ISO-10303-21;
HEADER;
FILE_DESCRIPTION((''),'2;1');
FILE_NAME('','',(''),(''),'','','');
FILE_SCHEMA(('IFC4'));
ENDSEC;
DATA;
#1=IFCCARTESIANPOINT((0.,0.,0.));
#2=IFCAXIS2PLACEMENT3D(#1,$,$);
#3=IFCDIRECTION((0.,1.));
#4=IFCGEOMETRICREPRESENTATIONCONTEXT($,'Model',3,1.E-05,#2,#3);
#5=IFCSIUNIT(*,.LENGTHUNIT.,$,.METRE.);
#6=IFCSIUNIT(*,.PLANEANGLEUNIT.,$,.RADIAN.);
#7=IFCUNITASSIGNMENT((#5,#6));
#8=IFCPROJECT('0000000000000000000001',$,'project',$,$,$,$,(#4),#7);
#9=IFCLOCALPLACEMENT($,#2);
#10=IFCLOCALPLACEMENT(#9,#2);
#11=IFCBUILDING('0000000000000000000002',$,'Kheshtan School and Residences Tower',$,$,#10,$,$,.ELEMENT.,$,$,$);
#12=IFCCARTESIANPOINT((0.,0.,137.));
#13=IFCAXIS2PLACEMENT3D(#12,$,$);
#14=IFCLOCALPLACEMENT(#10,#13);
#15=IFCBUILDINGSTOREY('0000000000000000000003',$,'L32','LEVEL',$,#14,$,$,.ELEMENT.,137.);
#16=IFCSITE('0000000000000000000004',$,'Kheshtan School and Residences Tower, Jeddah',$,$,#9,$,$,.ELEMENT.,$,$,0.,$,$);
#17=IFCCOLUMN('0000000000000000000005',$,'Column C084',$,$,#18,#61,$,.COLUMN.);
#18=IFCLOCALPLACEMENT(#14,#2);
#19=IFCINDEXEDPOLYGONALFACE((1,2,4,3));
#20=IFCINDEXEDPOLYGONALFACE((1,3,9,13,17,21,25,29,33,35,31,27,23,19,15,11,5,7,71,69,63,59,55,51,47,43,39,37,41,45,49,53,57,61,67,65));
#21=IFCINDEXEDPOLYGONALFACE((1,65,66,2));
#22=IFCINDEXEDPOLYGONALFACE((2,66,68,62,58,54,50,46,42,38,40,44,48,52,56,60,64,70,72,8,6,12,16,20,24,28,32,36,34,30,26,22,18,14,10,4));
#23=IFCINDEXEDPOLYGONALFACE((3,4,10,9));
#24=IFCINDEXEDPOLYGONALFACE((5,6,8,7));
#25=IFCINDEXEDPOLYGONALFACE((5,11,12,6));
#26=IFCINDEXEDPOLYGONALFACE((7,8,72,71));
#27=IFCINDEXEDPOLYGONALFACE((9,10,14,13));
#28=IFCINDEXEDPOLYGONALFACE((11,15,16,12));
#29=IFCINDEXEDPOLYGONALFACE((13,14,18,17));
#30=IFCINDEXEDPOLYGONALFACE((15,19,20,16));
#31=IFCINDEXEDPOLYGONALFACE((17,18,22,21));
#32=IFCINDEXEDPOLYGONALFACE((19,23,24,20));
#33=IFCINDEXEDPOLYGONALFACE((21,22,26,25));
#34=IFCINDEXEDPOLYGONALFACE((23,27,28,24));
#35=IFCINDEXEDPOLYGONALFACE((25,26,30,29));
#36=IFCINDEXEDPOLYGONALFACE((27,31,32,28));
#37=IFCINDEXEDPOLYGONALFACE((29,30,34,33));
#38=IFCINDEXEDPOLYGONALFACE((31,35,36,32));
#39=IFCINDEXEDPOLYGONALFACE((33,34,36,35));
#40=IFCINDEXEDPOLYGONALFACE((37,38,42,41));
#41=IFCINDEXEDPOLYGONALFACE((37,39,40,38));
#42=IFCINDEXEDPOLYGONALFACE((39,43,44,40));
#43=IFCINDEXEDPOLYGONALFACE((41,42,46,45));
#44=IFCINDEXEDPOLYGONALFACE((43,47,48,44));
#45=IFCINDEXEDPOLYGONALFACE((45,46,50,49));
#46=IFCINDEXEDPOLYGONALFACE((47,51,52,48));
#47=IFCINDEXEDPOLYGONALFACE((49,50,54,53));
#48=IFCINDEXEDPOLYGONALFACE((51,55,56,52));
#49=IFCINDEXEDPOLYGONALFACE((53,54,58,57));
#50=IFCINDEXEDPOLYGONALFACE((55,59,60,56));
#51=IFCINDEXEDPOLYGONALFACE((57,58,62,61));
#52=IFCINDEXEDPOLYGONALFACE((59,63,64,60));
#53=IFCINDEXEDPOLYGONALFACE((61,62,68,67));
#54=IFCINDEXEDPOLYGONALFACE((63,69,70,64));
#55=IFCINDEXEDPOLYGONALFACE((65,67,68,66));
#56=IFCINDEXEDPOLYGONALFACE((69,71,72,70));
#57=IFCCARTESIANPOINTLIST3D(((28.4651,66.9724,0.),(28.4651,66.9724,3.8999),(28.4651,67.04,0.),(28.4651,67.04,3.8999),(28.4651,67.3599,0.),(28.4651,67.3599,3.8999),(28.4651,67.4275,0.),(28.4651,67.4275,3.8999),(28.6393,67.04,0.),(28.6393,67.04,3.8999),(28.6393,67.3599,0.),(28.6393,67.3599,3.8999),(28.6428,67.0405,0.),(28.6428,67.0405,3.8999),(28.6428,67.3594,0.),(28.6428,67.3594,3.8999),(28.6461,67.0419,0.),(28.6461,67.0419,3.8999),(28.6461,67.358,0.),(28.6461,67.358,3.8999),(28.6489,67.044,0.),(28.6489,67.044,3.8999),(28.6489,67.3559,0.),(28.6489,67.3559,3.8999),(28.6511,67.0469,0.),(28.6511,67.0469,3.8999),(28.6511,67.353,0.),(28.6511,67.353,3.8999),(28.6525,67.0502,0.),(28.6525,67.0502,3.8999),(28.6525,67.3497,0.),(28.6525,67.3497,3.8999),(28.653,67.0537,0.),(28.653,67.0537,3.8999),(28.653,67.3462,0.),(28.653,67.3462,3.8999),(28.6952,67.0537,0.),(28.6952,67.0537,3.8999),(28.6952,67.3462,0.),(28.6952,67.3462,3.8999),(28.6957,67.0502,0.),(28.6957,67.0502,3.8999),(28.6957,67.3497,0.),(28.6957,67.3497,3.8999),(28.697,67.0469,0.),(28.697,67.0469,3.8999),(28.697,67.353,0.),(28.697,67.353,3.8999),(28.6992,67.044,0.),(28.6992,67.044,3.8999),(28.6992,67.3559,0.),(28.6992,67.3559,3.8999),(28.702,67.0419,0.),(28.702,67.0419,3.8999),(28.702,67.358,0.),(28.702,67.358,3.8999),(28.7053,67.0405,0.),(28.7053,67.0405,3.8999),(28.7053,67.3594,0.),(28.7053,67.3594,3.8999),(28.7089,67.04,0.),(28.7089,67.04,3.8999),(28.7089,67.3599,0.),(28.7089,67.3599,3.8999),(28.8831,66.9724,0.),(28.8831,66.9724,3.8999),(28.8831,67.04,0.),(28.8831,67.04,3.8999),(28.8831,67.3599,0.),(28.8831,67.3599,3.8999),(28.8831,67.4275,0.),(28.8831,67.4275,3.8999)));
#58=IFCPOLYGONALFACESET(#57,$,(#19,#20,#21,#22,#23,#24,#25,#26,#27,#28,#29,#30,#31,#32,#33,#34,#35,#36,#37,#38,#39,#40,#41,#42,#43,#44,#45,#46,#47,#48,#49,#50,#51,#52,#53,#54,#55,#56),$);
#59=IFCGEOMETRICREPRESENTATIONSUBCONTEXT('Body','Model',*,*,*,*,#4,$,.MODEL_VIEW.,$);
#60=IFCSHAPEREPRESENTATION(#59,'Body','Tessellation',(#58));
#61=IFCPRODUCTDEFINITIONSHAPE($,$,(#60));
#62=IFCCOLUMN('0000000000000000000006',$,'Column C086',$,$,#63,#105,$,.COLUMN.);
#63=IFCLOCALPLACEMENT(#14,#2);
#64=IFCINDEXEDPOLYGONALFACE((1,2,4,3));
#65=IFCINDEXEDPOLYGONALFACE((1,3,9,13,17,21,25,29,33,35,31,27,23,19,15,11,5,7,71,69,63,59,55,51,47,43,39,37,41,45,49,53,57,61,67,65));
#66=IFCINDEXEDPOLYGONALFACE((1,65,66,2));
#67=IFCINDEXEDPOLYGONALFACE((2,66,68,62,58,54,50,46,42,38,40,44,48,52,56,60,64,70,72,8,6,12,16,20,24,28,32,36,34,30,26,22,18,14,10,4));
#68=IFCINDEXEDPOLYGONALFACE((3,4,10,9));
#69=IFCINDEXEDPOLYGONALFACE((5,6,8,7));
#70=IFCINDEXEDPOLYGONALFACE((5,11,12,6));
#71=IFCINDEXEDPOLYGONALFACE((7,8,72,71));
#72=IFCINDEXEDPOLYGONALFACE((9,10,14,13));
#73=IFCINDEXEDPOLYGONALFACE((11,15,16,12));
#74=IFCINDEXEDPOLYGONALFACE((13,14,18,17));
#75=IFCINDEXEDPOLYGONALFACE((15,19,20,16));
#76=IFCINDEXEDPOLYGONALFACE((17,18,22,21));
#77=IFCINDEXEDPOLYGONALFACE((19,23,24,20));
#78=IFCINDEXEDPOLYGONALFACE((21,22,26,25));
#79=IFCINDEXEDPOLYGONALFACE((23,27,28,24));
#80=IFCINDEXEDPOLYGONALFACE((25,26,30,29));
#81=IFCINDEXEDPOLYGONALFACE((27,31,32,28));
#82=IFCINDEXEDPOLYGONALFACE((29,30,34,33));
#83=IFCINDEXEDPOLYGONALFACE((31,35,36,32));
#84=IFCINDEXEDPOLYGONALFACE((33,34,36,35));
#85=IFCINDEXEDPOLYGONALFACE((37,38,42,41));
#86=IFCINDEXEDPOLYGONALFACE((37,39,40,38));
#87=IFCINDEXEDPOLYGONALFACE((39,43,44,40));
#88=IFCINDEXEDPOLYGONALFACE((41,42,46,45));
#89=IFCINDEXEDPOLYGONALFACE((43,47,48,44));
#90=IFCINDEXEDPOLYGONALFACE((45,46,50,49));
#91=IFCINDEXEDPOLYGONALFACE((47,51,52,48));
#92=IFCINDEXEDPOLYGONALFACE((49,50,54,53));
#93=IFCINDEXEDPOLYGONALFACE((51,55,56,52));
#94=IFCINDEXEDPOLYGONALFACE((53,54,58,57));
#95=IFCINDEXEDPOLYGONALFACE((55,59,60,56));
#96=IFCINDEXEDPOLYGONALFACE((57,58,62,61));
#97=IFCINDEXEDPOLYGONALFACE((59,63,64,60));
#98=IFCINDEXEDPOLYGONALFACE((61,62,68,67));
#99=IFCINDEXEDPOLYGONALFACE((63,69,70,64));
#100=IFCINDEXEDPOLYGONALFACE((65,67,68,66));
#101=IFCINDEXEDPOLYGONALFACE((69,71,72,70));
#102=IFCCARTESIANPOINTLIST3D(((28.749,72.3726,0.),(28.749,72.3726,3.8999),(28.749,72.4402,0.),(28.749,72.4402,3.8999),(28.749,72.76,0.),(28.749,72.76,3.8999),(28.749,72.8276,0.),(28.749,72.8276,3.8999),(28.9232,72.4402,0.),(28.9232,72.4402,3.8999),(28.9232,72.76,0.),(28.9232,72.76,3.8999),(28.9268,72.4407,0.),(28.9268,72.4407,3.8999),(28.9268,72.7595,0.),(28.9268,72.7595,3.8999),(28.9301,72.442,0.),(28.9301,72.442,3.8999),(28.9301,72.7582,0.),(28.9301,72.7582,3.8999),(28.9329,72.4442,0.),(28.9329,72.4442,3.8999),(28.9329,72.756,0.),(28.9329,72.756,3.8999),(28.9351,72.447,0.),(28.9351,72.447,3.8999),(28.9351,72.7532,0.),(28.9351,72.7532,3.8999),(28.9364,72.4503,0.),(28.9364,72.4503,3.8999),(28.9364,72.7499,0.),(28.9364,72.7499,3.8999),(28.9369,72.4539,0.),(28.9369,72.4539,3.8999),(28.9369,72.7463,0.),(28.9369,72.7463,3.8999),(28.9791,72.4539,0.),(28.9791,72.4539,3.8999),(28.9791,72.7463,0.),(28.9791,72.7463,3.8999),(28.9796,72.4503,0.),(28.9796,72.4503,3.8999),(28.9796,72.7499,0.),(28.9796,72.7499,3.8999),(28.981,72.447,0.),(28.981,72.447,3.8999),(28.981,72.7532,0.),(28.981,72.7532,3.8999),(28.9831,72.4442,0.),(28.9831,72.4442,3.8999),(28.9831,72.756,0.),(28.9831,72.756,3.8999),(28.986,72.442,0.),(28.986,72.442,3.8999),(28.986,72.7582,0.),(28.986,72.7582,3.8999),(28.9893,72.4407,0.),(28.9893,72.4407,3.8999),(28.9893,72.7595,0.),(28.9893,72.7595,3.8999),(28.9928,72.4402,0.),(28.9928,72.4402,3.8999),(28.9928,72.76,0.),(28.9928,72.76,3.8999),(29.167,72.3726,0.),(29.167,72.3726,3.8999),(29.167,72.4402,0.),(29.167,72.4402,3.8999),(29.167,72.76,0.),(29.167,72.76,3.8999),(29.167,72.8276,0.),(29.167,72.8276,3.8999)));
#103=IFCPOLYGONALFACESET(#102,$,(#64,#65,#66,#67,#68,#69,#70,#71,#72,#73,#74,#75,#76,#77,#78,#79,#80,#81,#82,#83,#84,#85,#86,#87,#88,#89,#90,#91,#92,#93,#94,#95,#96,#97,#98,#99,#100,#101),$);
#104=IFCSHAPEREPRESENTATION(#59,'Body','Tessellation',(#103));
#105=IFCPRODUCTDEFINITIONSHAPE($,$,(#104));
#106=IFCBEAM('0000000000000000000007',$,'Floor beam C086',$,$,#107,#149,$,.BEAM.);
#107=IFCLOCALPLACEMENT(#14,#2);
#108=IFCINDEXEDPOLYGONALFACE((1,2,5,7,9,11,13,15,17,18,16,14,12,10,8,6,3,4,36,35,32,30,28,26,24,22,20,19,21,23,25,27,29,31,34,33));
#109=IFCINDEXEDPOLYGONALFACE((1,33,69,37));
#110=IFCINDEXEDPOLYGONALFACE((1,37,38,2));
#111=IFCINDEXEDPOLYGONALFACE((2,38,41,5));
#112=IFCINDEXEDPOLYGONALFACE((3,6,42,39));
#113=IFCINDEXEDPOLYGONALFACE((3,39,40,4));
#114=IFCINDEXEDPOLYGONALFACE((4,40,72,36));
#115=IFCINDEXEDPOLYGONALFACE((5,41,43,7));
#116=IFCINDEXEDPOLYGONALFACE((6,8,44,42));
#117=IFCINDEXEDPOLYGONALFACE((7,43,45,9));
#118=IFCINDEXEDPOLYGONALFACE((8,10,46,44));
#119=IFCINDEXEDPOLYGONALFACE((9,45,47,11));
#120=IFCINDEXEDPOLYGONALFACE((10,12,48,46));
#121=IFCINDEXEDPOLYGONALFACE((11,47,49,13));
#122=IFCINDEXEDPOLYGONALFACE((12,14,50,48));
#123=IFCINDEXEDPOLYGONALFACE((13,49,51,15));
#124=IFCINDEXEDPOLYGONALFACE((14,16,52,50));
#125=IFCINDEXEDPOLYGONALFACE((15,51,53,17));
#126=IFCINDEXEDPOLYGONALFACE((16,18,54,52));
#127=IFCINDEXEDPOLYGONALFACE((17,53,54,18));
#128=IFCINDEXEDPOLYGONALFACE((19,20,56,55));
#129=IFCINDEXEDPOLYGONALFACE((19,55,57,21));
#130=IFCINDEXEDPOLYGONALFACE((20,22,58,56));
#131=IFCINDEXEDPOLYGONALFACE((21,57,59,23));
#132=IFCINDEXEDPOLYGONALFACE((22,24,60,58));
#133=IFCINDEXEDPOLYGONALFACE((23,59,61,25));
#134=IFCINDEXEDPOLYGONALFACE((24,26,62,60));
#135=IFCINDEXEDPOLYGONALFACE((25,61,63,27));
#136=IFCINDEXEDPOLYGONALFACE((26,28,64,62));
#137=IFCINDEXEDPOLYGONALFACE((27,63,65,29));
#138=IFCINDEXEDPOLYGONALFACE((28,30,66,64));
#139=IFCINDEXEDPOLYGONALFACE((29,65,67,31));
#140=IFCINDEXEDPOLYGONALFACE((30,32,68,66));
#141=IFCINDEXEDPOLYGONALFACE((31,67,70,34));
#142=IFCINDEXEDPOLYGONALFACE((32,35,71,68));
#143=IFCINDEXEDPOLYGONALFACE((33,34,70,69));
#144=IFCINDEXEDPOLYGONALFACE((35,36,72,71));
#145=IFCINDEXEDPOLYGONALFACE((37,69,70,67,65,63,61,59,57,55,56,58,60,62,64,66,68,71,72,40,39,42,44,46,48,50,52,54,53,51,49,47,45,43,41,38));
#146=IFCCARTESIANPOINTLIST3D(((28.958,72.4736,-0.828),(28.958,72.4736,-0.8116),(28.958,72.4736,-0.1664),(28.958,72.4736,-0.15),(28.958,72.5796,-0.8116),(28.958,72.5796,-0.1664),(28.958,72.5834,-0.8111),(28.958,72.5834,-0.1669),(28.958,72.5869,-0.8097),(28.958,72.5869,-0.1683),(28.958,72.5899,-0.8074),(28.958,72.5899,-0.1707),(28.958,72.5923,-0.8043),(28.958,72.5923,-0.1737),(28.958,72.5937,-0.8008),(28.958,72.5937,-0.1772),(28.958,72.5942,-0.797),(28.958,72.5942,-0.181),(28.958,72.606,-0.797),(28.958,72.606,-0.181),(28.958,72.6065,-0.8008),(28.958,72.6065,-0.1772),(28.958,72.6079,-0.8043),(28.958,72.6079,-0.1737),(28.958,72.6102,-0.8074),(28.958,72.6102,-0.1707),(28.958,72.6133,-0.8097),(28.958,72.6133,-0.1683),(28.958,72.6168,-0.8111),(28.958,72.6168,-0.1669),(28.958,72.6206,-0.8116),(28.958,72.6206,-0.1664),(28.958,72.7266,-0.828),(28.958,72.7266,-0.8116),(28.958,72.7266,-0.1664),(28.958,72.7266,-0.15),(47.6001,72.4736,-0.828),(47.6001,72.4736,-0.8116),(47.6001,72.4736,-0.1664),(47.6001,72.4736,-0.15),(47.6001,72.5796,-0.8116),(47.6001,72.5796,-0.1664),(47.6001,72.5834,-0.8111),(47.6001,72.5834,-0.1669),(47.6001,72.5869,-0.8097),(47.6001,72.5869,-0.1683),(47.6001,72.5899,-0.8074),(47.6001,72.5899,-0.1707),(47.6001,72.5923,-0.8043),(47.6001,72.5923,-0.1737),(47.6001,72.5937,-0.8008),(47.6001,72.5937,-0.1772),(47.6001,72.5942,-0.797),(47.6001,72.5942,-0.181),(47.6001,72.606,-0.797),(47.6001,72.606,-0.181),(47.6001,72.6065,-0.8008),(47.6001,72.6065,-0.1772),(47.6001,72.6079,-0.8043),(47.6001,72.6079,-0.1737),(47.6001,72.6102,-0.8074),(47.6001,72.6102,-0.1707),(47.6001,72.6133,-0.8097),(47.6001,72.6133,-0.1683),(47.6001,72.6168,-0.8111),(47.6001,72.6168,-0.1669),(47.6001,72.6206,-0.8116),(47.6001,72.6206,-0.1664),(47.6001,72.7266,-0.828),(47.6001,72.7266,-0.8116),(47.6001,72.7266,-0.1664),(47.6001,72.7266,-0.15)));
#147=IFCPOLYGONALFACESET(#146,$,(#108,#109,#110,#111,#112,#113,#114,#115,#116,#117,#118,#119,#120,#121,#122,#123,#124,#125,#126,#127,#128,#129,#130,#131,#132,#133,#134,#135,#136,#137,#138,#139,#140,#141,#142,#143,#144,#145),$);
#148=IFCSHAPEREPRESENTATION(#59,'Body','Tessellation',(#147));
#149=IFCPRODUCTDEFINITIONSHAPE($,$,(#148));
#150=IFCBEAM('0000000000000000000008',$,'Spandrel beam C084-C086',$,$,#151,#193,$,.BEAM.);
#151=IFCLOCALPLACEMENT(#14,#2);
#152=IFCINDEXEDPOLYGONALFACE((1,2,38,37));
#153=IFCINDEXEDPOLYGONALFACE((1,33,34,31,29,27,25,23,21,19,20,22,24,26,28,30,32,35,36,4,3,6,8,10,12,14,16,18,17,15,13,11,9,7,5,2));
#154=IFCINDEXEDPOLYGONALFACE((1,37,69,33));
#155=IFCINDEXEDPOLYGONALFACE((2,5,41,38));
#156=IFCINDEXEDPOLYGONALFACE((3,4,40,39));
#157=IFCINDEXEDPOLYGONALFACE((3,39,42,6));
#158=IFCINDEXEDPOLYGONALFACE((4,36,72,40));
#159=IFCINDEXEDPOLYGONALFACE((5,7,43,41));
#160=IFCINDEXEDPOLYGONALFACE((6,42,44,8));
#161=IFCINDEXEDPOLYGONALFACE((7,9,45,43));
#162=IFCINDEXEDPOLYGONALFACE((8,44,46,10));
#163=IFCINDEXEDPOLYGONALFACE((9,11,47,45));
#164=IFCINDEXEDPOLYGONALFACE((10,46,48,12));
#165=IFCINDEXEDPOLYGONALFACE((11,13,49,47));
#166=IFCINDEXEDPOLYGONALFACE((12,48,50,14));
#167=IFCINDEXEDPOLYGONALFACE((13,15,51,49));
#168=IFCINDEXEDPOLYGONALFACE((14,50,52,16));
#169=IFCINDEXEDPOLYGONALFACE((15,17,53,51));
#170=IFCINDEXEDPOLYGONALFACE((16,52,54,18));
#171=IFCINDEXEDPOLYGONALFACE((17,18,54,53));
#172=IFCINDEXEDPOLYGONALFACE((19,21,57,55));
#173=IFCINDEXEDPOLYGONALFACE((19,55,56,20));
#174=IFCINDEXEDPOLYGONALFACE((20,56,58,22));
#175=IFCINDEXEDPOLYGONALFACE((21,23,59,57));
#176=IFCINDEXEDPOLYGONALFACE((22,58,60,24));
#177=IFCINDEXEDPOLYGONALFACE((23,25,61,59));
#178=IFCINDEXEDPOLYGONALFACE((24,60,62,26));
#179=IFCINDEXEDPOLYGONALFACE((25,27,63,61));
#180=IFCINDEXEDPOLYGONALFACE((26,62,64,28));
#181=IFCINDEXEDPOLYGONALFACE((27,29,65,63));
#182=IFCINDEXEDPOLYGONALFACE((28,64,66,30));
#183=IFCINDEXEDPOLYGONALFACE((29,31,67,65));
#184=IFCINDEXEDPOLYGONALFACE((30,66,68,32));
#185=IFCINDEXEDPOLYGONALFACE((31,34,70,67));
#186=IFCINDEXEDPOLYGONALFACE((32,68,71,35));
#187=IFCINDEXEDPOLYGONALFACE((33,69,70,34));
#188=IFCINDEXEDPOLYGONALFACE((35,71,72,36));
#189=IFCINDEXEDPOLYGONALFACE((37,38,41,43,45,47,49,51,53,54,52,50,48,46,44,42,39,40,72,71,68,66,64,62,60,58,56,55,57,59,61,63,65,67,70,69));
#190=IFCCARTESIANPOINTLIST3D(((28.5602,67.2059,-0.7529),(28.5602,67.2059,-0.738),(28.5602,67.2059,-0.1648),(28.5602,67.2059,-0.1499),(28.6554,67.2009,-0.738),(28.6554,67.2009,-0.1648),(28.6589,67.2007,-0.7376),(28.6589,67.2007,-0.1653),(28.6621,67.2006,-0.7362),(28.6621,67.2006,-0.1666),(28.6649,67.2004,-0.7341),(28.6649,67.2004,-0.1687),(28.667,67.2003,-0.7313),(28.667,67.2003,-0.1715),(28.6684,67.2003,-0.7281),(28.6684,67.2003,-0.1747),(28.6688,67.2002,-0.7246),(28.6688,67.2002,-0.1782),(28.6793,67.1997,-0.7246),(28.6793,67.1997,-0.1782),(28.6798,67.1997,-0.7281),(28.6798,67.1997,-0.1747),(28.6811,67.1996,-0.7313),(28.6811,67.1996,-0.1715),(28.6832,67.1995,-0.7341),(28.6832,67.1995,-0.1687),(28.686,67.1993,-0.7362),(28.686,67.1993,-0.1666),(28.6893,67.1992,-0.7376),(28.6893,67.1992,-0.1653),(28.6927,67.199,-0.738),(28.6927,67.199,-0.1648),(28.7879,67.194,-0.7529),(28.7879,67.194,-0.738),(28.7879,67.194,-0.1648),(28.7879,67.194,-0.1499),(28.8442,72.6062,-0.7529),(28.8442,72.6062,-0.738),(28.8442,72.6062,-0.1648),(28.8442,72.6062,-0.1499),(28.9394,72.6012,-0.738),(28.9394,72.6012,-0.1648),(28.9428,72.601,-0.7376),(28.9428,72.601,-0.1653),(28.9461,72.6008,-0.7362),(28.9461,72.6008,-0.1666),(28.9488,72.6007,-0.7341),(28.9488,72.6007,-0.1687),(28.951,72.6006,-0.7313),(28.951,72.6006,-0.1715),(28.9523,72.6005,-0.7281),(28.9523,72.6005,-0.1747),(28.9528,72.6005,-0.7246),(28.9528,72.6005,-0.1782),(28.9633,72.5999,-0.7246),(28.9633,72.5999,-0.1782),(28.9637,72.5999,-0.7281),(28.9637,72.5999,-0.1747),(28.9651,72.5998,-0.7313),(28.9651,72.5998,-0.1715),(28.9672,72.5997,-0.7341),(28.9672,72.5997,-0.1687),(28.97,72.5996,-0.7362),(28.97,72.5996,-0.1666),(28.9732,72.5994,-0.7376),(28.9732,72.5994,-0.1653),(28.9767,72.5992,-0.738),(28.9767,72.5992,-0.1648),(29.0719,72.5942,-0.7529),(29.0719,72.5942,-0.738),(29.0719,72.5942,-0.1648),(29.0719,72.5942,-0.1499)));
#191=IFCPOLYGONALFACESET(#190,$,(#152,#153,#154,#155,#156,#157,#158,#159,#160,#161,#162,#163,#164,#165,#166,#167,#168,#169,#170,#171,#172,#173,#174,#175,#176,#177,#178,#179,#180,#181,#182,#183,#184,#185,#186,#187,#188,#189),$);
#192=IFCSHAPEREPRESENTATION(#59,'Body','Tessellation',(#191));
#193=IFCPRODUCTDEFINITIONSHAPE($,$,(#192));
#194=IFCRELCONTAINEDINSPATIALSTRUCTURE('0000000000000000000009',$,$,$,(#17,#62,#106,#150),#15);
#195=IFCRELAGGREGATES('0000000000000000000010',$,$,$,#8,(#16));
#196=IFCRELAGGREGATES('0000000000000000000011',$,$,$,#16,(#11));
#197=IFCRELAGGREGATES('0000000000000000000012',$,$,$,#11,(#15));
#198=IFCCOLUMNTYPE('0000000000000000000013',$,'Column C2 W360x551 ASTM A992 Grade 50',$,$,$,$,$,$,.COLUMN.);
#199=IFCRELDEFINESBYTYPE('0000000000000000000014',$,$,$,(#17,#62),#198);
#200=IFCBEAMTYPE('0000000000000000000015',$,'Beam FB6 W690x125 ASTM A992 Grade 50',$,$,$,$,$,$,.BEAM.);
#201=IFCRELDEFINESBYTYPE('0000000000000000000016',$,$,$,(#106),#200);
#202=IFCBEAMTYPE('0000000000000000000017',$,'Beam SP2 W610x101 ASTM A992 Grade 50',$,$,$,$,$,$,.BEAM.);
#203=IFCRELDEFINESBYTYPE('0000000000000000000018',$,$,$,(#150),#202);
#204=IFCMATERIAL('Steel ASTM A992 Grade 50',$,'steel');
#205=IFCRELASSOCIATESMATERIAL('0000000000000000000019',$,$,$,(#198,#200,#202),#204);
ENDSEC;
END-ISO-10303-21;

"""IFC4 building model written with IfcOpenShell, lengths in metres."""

from ifc_helpers import new_model, si_unit, direction, frame, origin, origin_2d, place, context, subcontext, project, spatial, i_section, extrude, material, material_profile, profile_set, type_object, element, save


model = new_model("IFC4")

# Units and contexts
model_context = context("Model", 3, precision=1e-05, world=origin(), true_north=direction((0.0, 1.0)))
body_context = subcontext(model_context, "Body", "Model", "MODEL_VIEW")
ifc_project = project(units=[si_unit("LENGTHUNIT", "METRE"), si_unit("PLANEANGLEUNIT", "RADIAN")], contexts=[model_context])

# Site, building, storey
site_placement = place(None, origin())
site = spatial("IfcSite", under=ifc_project, at=site_placement, Name="Kheshtan School and Residences Tower, Jeddah", CompositionType="ELEMENT", RefElevation=0.0)
building_placement = place(site_placement, origin())
building = spatial("IfcBuilding", under=site, at=building_placement, Name="Kheshtan School and Residences Tower", CompositionType="ELEMENT")
storey_placement = place(building_placement, frame((0.0, 0.0, 137.0)))
storey = spatial("IfcBuildingStorey", under=building, at=storey_placement, Name="L32", Description="LEVEL", CompositionType="ELEMENT", Elevation=137.0)

# Columns
ifc_material_1 = material(Name="Steel ASTM A992 Grade 50", Category="steel")
ifc_material_profile_1 = material_profile(ifc_material_1, i_section(OverallWidth=0.418, OverallDepth=0.4551, WebThickness=0.0422, FlangeThickness=0.0676, FilletRadius=0.0137, at=origin_2d()), Name="W360x551")
ifc_profile_set_1 = profile_set([ifc_material_profile_1], Name="Steel ASTM A992 Grade 50")
column_type = type_object("IfcColumnType", Name="Column C2 W360x551 ASTM A992 Grade 50", PredefinedType="COLUMN", material=ifc_profile_set_1)
for number, where, z_axis, x_axis, name in (
    (1, (28.6741, 67.2, 0.0), (0.0, 0.0, 1.0), (1.0, 0.0, 0.0), "Column C084"),
    (2, (28.958, 72.6001, 0.0), (0.0, 0.0, 1.0), (1.0, 0.0, 0.0), "Column C086"),
):
    element("IfcColumn", number, at=place(storey_placement, frame(where, z_axis=z_axis, x_axis=x_axis)), inside=storey, type_object=column_type, Name=name, PredefinedType="COLUMN", context=body_context, shape_type="SweptSolid", body=[
        extrude(i_section(OverallWidth=0.418, OverallDepth=0.4551, WebThickness=0.0422, FlangeThickness=0.0676, FilletRadius=0.0137, at=origin_2d()), origin(), (0.0, 0.0, 1.0), 3.8999),
    ])

# Beams
ifc_material_profile_2 = material_profile(ifc_material_1, i_section(OverallWidth=0.2529, OverallDepth=0.678, WebThickness=0.0117, FlangeThickness=0.0164, FilletRadius=0.0146, at=origin_2d()), Name="W690x125")
ifc_profile_set_2 = profile_set([ifc_material_profile_2], Name="Steel ASTM A992 Grade 50")
beam_type_1 = type_object("IfcBeamType", Name="Beam FB6 W690x125 ASTM A992 Grade 50", PredefinedType="BEAM", material=ifc_profile_set_2)
beam_1_placement = place(storey_placement, frame((28.958, 72.6001, -0.489), z_axis=(1.0, 0.0, 0.0), x_axis=(0.0, 1.0, 0.0)))
element("IfcBeam", 3, at=beam_1_placement, inside=storey, type_object=beam_type_1, Name="Floor beam C086", PredefinedType="BEAM", context=body_context, shape_type="SweptSolid", body=[
    extrude(i_section(OverallWidth=0.2529, OverallDepth=0.678, WebThickness=0.0117, FlangeThickness=0.0164, FilletRadius=0.0146, at=origin_2d()), origin(), (0.0, 0.0, 1.0), 18.6421),
])
ifc_material_profile_3 = material_profile(ifc_material_1, i_section(OverallWidth=0.228, OverallDepth=0.603, WebThickness=0.0105, FlangeThickness=0.0149, FilletRadius=0.0134, at=origin_2d()), Name="W610x101")
ifc_profile_set_3 = profile_set([ifc_material_profile_3], Name="Steel ASTM A992 Grade 50")
beam_type_2 = type_object("IfcBeamType", Name="Beam SP2 W610x101 ASTM A992 Grade 50", PredefinedType="BEAM", material=ifc_profile_set_3)
beam_2_placement = place(storey_placement, frame((28.6741, 67.2, -0.4514), z_axis=(0.052507, 0.998621, 0.0), x_axis=(-0.998621, 0.052507, 0.0)))
element("IfcBeam", 4, at=beam_2_placement, inside=storey, type_object=beam_type_2, Name="Spandrel beam C084-C086", PredefinedType="BEAM", context=body_context, shape_type="SweptSolid", body=[
    extrude(i_section(OverallWidth=0.228, OverallDepth=0.603, WebThickness=0.0105, FlangeThickness=0.0149, FilletRadius=0.0134, at=origin_2d()), origin(), (0.0, 0.0, 1.0), 5.4077),
])

save(model, "model.ifc")
